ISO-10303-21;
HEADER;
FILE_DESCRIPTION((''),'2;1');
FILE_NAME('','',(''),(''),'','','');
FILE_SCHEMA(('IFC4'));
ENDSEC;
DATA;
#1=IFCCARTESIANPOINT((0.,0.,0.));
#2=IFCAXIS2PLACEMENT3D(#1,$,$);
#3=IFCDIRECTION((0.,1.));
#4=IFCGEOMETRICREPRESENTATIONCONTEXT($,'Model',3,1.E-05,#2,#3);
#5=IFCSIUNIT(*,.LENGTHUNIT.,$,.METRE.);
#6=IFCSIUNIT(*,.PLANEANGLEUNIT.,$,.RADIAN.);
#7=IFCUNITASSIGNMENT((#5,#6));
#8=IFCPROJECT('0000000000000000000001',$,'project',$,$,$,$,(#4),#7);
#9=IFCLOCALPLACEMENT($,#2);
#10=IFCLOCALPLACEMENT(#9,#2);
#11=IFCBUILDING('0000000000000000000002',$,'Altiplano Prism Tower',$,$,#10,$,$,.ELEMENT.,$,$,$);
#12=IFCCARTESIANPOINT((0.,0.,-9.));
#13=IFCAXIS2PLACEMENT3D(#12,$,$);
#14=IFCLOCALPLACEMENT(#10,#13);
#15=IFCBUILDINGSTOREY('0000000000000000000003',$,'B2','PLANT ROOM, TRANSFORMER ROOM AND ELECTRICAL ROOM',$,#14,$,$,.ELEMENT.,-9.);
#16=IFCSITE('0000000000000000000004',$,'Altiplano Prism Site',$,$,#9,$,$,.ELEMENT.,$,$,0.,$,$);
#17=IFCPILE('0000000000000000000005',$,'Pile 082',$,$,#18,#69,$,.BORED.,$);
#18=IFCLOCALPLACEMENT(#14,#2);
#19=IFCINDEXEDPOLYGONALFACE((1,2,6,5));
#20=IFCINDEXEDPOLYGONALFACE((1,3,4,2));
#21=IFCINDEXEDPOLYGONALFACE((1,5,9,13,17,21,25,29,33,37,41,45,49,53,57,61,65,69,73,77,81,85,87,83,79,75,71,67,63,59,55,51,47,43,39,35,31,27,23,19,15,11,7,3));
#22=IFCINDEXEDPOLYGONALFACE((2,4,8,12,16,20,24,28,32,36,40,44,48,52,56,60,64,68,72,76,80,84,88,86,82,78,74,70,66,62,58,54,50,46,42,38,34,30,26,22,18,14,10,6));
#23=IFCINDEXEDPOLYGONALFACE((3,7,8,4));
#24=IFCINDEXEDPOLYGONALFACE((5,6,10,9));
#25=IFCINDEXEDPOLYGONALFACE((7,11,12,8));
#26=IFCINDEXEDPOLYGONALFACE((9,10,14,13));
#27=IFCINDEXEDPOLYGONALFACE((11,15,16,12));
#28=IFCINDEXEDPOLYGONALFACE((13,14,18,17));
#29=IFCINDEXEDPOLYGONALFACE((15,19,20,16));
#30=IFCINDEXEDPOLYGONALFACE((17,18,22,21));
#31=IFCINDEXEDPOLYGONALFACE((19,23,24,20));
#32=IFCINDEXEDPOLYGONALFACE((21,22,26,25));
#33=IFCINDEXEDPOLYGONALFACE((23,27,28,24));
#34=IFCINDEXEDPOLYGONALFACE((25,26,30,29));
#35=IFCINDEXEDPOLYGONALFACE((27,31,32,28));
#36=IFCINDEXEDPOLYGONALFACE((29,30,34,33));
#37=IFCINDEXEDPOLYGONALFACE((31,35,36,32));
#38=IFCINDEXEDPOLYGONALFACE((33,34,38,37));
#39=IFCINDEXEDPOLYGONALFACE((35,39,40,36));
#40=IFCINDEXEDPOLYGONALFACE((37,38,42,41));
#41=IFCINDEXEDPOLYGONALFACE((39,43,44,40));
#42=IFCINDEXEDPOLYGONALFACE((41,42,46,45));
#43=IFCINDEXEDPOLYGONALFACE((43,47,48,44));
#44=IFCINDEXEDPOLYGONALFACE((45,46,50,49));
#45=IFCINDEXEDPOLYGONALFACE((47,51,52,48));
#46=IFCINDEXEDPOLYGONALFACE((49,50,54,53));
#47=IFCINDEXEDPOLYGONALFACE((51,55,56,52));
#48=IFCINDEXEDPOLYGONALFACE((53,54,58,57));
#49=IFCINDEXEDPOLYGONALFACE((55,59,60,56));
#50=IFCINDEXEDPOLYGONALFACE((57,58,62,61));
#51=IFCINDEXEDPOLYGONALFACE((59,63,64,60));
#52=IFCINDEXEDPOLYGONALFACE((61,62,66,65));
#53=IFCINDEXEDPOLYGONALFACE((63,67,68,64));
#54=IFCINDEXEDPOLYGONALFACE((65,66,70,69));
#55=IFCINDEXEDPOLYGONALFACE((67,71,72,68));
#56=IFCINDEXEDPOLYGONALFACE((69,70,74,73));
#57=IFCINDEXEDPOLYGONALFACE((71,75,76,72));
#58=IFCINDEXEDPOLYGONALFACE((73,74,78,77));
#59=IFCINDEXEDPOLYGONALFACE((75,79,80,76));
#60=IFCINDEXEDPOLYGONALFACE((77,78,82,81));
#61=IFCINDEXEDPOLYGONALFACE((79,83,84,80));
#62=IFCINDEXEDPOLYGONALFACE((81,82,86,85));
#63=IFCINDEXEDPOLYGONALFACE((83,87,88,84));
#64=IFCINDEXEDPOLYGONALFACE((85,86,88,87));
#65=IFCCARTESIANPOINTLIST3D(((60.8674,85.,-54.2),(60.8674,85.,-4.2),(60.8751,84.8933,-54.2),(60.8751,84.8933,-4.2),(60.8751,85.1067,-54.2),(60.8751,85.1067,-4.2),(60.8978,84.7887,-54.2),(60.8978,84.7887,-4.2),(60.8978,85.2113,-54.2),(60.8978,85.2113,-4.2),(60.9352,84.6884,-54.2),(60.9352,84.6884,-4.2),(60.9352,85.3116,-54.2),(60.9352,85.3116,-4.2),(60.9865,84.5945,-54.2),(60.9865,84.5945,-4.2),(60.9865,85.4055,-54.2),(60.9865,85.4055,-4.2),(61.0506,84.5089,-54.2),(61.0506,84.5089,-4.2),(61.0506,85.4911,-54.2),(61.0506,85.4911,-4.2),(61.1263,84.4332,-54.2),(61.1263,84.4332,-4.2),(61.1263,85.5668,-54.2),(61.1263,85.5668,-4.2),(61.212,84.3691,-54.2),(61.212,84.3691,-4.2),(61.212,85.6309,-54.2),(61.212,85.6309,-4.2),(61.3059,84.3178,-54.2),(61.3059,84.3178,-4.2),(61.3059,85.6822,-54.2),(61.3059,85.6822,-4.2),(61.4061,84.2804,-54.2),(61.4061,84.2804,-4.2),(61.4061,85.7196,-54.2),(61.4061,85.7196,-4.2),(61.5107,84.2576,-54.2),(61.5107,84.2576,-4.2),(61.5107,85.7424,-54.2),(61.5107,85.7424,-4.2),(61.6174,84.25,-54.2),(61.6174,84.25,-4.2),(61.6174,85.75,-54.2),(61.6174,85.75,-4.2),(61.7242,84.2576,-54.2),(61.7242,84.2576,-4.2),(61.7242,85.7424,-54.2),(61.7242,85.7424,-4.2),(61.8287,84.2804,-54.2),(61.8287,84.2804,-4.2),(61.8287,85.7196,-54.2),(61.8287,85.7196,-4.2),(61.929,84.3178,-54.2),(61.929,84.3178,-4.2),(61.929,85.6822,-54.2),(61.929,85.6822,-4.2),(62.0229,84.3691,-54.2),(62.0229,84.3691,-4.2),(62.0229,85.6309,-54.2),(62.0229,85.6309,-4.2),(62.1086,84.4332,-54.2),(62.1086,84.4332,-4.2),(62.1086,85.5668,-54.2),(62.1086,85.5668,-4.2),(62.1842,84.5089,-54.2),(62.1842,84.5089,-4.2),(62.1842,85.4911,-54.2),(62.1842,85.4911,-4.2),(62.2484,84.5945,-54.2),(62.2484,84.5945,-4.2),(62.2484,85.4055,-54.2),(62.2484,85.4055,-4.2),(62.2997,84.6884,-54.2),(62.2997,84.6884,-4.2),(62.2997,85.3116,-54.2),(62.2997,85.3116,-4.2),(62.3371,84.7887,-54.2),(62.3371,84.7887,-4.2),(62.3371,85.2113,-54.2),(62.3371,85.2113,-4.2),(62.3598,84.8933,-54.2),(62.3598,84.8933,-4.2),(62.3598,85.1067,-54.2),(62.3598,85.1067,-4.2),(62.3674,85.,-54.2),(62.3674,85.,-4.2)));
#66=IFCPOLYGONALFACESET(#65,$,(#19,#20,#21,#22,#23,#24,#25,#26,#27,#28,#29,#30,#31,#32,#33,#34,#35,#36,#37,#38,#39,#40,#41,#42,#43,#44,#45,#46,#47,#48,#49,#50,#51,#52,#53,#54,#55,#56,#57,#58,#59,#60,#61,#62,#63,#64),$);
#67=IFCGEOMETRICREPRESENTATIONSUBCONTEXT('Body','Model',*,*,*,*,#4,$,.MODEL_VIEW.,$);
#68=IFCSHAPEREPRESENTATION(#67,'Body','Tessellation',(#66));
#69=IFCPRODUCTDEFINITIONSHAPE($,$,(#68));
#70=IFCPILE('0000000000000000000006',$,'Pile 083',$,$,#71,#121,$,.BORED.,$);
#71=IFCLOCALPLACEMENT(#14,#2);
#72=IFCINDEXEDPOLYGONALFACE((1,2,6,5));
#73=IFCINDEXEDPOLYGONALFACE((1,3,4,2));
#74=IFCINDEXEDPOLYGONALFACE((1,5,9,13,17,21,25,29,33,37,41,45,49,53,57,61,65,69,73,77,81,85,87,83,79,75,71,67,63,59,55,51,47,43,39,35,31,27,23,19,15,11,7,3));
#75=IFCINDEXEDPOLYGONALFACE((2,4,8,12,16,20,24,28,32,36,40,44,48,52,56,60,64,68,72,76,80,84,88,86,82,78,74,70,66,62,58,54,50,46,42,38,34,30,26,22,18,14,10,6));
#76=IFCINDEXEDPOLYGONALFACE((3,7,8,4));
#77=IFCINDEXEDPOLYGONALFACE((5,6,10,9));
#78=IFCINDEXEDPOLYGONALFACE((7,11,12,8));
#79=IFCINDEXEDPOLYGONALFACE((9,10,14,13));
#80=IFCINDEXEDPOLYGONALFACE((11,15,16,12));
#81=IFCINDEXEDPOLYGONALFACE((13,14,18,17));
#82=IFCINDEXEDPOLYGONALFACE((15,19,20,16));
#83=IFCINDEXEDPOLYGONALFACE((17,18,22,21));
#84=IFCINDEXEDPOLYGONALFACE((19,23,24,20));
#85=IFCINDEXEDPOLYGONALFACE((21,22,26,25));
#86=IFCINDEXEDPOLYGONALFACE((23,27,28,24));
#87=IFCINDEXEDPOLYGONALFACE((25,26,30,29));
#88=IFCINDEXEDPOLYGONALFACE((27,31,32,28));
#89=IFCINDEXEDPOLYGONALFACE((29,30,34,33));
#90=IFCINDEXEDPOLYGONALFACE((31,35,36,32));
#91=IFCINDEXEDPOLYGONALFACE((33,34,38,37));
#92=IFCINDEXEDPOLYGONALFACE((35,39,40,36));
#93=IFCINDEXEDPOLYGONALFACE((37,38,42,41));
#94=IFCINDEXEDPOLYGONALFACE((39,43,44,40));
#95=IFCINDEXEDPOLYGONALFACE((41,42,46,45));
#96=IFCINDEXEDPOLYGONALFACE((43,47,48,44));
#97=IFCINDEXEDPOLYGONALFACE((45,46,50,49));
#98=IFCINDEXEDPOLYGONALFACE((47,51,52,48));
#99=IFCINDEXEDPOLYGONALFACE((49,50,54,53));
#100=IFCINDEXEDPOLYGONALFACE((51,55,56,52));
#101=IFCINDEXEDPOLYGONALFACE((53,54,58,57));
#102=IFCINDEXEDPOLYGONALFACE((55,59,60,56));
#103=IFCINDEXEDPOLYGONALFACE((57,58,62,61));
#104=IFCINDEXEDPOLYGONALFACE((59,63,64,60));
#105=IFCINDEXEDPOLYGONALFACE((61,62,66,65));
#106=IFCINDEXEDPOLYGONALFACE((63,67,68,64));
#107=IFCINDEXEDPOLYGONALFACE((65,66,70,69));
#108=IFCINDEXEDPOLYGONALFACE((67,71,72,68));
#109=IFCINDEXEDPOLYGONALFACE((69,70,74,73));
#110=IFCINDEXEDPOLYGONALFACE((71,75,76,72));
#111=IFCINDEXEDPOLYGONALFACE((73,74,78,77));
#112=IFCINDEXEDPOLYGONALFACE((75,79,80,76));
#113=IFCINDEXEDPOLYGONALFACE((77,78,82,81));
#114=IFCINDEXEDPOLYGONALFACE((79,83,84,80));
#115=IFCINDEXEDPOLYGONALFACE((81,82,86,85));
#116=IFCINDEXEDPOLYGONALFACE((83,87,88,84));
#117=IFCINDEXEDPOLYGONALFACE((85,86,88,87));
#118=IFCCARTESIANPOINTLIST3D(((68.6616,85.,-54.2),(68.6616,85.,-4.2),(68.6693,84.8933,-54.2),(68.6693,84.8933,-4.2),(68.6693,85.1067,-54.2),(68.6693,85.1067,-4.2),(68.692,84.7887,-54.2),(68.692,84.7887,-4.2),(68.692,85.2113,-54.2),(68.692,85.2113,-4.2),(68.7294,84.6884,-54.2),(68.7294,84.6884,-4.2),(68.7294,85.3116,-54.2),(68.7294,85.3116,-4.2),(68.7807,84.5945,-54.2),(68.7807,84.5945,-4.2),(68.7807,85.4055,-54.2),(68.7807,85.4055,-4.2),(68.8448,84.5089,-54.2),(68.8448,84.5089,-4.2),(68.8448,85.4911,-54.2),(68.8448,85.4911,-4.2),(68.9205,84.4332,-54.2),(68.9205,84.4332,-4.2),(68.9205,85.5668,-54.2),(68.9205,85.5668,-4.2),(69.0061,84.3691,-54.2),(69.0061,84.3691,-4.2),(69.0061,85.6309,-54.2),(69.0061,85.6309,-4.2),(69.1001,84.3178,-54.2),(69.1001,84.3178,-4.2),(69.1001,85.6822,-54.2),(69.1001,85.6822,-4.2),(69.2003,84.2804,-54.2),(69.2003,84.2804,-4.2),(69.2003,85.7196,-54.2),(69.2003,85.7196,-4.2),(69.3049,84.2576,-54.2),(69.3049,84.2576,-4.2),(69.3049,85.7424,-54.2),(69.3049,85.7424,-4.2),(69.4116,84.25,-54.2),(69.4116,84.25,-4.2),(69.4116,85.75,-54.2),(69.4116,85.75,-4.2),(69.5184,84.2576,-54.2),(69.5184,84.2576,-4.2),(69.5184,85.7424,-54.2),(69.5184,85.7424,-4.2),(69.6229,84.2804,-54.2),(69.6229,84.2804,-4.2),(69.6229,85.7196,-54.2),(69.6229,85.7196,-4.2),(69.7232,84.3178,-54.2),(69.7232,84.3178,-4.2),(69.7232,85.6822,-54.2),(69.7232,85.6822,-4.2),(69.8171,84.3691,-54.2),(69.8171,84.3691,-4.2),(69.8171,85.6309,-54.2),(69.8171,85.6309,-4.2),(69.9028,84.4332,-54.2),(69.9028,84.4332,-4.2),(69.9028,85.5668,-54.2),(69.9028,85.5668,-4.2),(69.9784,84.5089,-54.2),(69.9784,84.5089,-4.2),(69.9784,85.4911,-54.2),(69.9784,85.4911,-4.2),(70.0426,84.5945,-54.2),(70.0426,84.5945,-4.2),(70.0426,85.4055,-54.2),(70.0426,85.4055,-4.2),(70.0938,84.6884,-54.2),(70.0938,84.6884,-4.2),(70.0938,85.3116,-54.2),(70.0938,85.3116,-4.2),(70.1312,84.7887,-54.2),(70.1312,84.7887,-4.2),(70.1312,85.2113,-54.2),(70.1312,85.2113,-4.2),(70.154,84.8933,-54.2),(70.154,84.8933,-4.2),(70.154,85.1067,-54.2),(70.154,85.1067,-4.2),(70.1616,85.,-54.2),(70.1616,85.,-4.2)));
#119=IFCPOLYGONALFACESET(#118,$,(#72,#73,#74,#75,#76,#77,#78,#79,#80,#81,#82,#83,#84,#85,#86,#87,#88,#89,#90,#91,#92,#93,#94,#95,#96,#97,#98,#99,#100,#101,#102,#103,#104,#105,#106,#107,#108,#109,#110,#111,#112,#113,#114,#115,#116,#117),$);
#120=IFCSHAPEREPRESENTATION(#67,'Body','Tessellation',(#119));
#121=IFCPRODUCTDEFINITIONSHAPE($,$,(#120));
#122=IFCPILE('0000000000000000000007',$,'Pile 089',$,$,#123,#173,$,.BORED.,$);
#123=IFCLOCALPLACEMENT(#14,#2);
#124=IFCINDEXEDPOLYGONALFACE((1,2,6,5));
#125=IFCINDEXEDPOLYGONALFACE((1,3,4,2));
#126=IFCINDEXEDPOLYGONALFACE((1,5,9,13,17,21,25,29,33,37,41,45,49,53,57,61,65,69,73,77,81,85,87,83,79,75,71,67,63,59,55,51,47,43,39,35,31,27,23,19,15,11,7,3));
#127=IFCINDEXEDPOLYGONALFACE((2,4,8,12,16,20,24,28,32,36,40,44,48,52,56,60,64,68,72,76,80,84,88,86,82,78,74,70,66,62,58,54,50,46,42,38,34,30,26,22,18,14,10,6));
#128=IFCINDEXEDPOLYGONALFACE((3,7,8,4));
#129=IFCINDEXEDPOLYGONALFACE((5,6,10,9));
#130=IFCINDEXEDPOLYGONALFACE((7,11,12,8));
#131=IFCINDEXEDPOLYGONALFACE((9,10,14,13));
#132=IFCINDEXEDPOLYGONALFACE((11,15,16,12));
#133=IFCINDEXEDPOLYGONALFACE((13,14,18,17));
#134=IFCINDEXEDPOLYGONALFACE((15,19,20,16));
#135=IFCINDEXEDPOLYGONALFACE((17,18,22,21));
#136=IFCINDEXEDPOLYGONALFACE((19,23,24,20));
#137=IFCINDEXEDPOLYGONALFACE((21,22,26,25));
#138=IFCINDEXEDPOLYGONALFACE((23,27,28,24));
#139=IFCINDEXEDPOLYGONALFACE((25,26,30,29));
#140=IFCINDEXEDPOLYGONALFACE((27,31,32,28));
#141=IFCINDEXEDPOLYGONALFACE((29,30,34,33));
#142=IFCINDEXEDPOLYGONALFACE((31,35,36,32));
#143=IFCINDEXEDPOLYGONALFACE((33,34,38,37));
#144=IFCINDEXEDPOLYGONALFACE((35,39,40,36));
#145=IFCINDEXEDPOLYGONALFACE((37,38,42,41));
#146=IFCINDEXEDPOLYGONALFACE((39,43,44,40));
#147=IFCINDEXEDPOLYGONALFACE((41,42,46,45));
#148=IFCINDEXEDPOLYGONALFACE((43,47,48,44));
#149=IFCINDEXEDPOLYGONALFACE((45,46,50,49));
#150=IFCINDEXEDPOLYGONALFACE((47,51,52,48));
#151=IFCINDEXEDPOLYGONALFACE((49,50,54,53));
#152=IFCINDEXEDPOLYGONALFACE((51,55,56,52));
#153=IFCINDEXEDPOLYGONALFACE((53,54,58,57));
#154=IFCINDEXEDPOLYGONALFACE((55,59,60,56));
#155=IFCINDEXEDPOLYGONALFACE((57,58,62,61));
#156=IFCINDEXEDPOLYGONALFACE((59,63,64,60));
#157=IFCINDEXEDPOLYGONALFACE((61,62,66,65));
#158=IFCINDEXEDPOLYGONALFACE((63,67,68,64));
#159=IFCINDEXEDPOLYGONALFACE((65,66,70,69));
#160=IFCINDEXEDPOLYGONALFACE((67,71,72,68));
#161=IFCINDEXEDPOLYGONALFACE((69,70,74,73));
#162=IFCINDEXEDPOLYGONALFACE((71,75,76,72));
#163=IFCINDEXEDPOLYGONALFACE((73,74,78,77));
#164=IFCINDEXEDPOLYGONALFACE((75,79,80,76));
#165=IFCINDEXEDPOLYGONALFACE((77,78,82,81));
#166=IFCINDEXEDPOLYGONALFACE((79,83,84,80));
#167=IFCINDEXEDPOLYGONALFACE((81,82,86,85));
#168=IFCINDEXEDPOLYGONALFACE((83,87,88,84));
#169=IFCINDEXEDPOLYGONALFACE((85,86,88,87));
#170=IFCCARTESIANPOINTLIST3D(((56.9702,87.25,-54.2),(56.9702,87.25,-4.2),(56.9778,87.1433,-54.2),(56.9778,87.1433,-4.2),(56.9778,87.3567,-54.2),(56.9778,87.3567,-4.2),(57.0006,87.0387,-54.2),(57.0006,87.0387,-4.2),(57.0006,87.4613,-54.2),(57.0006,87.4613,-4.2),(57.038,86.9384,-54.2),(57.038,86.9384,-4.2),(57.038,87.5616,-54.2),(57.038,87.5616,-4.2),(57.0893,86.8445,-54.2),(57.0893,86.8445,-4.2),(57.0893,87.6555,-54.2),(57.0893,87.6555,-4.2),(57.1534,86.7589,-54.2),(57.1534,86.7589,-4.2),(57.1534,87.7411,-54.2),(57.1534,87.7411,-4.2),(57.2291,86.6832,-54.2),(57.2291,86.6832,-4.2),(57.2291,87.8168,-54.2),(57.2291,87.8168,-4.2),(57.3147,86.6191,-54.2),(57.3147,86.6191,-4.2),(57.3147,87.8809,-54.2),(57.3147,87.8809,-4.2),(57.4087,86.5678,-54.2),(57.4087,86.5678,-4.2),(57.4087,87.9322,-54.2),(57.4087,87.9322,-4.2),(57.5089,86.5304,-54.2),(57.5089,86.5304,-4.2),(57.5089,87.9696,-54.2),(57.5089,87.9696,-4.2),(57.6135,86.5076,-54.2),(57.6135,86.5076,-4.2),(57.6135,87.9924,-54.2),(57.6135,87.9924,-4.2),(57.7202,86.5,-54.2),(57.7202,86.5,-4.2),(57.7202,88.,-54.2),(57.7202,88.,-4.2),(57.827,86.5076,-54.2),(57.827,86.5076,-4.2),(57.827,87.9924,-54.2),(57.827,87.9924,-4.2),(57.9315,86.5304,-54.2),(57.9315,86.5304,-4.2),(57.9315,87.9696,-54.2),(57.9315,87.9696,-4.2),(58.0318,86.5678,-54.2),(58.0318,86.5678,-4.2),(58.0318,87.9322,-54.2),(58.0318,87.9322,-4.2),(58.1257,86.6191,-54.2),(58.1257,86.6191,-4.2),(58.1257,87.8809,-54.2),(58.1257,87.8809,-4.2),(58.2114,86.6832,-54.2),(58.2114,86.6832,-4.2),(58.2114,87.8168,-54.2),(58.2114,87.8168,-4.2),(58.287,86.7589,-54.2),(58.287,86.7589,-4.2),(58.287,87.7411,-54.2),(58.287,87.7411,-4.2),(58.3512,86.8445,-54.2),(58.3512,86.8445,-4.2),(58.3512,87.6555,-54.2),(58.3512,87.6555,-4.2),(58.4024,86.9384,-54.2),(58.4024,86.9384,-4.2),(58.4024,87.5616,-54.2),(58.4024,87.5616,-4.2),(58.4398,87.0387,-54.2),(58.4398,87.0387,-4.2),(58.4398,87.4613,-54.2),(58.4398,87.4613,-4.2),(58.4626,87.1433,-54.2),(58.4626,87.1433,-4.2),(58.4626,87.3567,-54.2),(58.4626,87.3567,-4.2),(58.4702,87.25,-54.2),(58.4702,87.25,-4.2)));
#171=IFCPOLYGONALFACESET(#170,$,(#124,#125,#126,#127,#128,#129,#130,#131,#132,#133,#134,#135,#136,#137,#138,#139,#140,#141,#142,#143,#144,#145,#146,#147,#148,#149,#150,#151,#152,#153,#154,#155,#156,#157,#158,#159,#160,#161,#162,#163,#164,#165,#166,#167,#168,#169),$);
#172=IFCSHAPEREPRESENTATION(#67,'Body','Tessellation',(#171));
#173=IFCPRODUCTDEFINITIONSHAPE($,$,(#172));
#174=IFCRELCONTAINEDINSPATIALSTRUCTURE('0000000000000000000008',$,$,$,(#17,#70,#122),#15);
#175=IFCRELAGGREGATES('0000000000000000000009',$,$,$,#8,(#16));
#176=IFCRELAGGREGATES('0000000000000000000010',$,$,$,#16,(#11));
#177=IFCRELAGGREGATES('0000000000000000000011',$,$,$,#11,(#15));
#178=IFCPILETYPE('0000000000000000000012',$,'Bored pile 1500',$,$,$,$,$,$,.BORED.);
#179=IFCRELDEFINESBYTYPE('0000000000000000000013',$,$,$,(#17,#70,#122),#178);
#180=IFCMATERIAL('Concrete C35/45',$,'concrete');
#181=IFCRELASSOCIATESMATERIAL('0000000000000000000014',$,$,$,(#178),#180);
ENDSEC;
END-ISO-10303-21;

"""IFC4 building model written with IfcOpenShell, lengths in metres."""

from ifc_helpers import new_model, si_unit, direction, frame, origin, origin_2d, place, context, subcontext, project, spatial, circle, extrude, material, material_profile, profile_set, type_object, element, save


model = new_model("IFC4")

# Units and contexts
model_context = context("Model", 3, precision=1e-05, world=origin(), true_north=direction((0.0, 1.0)))
body_context = subcontext(model_context, "Body", "Model", "MODEL_VIEW")
ifc_project = project(units=[si_unit("LENGTHUNIT", "METRE"), si_unit("PLANEANGLEUNIT", "RADIAN")], contexts=[model_context])

# Site, building, storey
site_placement = place(None, origin())
site = spatial("IfcSite", under=ifc_project, at=site_placement, Name="Altiplano Prism Site", CompositionType="ELEMENT", RefElevation=0.0)
building_placement = place(site_placement, origin())
building = spatial("IfcBuilding", under=site, at=building_placement, Name="Altiplano Prism Tower", CompositionType="ELEMENT")
storey_placement = place(building_placement, frame((0.0, 0.0, -9.0)))
storey = spatial("IfcBuildingStorey", under=building, at=storey_placement, Name="B2", Description="PLANT ROOM, TRANSFORMER ROOM AND ELECTRICAL ROOM", CompositionType="ELEMENT", Elevation=-9.0)

# Piles
ifc_material_1 = material(Name="Concrete C35/45", Category="concrete")
ifc_material_profile_1 = material_profile(ifc_material_1, circle(Radius=0.75, at=origin_2d()), Name="Bored pile 1500")
ifc_profile_set_1 = profile_set([ifc_material_profile_1], Name="Concrete C35/45")
pile_type = type_object("IfcPileType", Name="Bored pile 1500", PredefinedType="BORED", material=ifc_profile_set_1)
for number, where, z_axis, x_axis, name in (
    (1, (61.6174, 85.0, -4.2), (0.0, 0.0, -1.0), (1.0, 0.0, 0.0), "Pile 082"),
    (2, (69.4116, 85.0, -4.2), (0.0, 0.0, -1.0), (1.0, 0.0, 0.0), "Pile 083"),
    (3, (57.7202, 87.25, -4.2), (0.0, 0.0, -1.0), (1.0, 0.0, 0.0), "Pile 089"),
):
    element("IfcPile", number, at=place(storey_placement, frame(where, z_axis=z_axis, x_axis=x_axis)), inside=storey, type_object=pile_type, Name=name, PredefinedType="BORED", context=body_context, shape_type="SweptSolid", body=[
        extrude(circle(Radius=0.75, at=origin_2d()), origin(), (0.0, 0.0, 1.0), 50.0),
    ])

save(model, "model.ifc")
